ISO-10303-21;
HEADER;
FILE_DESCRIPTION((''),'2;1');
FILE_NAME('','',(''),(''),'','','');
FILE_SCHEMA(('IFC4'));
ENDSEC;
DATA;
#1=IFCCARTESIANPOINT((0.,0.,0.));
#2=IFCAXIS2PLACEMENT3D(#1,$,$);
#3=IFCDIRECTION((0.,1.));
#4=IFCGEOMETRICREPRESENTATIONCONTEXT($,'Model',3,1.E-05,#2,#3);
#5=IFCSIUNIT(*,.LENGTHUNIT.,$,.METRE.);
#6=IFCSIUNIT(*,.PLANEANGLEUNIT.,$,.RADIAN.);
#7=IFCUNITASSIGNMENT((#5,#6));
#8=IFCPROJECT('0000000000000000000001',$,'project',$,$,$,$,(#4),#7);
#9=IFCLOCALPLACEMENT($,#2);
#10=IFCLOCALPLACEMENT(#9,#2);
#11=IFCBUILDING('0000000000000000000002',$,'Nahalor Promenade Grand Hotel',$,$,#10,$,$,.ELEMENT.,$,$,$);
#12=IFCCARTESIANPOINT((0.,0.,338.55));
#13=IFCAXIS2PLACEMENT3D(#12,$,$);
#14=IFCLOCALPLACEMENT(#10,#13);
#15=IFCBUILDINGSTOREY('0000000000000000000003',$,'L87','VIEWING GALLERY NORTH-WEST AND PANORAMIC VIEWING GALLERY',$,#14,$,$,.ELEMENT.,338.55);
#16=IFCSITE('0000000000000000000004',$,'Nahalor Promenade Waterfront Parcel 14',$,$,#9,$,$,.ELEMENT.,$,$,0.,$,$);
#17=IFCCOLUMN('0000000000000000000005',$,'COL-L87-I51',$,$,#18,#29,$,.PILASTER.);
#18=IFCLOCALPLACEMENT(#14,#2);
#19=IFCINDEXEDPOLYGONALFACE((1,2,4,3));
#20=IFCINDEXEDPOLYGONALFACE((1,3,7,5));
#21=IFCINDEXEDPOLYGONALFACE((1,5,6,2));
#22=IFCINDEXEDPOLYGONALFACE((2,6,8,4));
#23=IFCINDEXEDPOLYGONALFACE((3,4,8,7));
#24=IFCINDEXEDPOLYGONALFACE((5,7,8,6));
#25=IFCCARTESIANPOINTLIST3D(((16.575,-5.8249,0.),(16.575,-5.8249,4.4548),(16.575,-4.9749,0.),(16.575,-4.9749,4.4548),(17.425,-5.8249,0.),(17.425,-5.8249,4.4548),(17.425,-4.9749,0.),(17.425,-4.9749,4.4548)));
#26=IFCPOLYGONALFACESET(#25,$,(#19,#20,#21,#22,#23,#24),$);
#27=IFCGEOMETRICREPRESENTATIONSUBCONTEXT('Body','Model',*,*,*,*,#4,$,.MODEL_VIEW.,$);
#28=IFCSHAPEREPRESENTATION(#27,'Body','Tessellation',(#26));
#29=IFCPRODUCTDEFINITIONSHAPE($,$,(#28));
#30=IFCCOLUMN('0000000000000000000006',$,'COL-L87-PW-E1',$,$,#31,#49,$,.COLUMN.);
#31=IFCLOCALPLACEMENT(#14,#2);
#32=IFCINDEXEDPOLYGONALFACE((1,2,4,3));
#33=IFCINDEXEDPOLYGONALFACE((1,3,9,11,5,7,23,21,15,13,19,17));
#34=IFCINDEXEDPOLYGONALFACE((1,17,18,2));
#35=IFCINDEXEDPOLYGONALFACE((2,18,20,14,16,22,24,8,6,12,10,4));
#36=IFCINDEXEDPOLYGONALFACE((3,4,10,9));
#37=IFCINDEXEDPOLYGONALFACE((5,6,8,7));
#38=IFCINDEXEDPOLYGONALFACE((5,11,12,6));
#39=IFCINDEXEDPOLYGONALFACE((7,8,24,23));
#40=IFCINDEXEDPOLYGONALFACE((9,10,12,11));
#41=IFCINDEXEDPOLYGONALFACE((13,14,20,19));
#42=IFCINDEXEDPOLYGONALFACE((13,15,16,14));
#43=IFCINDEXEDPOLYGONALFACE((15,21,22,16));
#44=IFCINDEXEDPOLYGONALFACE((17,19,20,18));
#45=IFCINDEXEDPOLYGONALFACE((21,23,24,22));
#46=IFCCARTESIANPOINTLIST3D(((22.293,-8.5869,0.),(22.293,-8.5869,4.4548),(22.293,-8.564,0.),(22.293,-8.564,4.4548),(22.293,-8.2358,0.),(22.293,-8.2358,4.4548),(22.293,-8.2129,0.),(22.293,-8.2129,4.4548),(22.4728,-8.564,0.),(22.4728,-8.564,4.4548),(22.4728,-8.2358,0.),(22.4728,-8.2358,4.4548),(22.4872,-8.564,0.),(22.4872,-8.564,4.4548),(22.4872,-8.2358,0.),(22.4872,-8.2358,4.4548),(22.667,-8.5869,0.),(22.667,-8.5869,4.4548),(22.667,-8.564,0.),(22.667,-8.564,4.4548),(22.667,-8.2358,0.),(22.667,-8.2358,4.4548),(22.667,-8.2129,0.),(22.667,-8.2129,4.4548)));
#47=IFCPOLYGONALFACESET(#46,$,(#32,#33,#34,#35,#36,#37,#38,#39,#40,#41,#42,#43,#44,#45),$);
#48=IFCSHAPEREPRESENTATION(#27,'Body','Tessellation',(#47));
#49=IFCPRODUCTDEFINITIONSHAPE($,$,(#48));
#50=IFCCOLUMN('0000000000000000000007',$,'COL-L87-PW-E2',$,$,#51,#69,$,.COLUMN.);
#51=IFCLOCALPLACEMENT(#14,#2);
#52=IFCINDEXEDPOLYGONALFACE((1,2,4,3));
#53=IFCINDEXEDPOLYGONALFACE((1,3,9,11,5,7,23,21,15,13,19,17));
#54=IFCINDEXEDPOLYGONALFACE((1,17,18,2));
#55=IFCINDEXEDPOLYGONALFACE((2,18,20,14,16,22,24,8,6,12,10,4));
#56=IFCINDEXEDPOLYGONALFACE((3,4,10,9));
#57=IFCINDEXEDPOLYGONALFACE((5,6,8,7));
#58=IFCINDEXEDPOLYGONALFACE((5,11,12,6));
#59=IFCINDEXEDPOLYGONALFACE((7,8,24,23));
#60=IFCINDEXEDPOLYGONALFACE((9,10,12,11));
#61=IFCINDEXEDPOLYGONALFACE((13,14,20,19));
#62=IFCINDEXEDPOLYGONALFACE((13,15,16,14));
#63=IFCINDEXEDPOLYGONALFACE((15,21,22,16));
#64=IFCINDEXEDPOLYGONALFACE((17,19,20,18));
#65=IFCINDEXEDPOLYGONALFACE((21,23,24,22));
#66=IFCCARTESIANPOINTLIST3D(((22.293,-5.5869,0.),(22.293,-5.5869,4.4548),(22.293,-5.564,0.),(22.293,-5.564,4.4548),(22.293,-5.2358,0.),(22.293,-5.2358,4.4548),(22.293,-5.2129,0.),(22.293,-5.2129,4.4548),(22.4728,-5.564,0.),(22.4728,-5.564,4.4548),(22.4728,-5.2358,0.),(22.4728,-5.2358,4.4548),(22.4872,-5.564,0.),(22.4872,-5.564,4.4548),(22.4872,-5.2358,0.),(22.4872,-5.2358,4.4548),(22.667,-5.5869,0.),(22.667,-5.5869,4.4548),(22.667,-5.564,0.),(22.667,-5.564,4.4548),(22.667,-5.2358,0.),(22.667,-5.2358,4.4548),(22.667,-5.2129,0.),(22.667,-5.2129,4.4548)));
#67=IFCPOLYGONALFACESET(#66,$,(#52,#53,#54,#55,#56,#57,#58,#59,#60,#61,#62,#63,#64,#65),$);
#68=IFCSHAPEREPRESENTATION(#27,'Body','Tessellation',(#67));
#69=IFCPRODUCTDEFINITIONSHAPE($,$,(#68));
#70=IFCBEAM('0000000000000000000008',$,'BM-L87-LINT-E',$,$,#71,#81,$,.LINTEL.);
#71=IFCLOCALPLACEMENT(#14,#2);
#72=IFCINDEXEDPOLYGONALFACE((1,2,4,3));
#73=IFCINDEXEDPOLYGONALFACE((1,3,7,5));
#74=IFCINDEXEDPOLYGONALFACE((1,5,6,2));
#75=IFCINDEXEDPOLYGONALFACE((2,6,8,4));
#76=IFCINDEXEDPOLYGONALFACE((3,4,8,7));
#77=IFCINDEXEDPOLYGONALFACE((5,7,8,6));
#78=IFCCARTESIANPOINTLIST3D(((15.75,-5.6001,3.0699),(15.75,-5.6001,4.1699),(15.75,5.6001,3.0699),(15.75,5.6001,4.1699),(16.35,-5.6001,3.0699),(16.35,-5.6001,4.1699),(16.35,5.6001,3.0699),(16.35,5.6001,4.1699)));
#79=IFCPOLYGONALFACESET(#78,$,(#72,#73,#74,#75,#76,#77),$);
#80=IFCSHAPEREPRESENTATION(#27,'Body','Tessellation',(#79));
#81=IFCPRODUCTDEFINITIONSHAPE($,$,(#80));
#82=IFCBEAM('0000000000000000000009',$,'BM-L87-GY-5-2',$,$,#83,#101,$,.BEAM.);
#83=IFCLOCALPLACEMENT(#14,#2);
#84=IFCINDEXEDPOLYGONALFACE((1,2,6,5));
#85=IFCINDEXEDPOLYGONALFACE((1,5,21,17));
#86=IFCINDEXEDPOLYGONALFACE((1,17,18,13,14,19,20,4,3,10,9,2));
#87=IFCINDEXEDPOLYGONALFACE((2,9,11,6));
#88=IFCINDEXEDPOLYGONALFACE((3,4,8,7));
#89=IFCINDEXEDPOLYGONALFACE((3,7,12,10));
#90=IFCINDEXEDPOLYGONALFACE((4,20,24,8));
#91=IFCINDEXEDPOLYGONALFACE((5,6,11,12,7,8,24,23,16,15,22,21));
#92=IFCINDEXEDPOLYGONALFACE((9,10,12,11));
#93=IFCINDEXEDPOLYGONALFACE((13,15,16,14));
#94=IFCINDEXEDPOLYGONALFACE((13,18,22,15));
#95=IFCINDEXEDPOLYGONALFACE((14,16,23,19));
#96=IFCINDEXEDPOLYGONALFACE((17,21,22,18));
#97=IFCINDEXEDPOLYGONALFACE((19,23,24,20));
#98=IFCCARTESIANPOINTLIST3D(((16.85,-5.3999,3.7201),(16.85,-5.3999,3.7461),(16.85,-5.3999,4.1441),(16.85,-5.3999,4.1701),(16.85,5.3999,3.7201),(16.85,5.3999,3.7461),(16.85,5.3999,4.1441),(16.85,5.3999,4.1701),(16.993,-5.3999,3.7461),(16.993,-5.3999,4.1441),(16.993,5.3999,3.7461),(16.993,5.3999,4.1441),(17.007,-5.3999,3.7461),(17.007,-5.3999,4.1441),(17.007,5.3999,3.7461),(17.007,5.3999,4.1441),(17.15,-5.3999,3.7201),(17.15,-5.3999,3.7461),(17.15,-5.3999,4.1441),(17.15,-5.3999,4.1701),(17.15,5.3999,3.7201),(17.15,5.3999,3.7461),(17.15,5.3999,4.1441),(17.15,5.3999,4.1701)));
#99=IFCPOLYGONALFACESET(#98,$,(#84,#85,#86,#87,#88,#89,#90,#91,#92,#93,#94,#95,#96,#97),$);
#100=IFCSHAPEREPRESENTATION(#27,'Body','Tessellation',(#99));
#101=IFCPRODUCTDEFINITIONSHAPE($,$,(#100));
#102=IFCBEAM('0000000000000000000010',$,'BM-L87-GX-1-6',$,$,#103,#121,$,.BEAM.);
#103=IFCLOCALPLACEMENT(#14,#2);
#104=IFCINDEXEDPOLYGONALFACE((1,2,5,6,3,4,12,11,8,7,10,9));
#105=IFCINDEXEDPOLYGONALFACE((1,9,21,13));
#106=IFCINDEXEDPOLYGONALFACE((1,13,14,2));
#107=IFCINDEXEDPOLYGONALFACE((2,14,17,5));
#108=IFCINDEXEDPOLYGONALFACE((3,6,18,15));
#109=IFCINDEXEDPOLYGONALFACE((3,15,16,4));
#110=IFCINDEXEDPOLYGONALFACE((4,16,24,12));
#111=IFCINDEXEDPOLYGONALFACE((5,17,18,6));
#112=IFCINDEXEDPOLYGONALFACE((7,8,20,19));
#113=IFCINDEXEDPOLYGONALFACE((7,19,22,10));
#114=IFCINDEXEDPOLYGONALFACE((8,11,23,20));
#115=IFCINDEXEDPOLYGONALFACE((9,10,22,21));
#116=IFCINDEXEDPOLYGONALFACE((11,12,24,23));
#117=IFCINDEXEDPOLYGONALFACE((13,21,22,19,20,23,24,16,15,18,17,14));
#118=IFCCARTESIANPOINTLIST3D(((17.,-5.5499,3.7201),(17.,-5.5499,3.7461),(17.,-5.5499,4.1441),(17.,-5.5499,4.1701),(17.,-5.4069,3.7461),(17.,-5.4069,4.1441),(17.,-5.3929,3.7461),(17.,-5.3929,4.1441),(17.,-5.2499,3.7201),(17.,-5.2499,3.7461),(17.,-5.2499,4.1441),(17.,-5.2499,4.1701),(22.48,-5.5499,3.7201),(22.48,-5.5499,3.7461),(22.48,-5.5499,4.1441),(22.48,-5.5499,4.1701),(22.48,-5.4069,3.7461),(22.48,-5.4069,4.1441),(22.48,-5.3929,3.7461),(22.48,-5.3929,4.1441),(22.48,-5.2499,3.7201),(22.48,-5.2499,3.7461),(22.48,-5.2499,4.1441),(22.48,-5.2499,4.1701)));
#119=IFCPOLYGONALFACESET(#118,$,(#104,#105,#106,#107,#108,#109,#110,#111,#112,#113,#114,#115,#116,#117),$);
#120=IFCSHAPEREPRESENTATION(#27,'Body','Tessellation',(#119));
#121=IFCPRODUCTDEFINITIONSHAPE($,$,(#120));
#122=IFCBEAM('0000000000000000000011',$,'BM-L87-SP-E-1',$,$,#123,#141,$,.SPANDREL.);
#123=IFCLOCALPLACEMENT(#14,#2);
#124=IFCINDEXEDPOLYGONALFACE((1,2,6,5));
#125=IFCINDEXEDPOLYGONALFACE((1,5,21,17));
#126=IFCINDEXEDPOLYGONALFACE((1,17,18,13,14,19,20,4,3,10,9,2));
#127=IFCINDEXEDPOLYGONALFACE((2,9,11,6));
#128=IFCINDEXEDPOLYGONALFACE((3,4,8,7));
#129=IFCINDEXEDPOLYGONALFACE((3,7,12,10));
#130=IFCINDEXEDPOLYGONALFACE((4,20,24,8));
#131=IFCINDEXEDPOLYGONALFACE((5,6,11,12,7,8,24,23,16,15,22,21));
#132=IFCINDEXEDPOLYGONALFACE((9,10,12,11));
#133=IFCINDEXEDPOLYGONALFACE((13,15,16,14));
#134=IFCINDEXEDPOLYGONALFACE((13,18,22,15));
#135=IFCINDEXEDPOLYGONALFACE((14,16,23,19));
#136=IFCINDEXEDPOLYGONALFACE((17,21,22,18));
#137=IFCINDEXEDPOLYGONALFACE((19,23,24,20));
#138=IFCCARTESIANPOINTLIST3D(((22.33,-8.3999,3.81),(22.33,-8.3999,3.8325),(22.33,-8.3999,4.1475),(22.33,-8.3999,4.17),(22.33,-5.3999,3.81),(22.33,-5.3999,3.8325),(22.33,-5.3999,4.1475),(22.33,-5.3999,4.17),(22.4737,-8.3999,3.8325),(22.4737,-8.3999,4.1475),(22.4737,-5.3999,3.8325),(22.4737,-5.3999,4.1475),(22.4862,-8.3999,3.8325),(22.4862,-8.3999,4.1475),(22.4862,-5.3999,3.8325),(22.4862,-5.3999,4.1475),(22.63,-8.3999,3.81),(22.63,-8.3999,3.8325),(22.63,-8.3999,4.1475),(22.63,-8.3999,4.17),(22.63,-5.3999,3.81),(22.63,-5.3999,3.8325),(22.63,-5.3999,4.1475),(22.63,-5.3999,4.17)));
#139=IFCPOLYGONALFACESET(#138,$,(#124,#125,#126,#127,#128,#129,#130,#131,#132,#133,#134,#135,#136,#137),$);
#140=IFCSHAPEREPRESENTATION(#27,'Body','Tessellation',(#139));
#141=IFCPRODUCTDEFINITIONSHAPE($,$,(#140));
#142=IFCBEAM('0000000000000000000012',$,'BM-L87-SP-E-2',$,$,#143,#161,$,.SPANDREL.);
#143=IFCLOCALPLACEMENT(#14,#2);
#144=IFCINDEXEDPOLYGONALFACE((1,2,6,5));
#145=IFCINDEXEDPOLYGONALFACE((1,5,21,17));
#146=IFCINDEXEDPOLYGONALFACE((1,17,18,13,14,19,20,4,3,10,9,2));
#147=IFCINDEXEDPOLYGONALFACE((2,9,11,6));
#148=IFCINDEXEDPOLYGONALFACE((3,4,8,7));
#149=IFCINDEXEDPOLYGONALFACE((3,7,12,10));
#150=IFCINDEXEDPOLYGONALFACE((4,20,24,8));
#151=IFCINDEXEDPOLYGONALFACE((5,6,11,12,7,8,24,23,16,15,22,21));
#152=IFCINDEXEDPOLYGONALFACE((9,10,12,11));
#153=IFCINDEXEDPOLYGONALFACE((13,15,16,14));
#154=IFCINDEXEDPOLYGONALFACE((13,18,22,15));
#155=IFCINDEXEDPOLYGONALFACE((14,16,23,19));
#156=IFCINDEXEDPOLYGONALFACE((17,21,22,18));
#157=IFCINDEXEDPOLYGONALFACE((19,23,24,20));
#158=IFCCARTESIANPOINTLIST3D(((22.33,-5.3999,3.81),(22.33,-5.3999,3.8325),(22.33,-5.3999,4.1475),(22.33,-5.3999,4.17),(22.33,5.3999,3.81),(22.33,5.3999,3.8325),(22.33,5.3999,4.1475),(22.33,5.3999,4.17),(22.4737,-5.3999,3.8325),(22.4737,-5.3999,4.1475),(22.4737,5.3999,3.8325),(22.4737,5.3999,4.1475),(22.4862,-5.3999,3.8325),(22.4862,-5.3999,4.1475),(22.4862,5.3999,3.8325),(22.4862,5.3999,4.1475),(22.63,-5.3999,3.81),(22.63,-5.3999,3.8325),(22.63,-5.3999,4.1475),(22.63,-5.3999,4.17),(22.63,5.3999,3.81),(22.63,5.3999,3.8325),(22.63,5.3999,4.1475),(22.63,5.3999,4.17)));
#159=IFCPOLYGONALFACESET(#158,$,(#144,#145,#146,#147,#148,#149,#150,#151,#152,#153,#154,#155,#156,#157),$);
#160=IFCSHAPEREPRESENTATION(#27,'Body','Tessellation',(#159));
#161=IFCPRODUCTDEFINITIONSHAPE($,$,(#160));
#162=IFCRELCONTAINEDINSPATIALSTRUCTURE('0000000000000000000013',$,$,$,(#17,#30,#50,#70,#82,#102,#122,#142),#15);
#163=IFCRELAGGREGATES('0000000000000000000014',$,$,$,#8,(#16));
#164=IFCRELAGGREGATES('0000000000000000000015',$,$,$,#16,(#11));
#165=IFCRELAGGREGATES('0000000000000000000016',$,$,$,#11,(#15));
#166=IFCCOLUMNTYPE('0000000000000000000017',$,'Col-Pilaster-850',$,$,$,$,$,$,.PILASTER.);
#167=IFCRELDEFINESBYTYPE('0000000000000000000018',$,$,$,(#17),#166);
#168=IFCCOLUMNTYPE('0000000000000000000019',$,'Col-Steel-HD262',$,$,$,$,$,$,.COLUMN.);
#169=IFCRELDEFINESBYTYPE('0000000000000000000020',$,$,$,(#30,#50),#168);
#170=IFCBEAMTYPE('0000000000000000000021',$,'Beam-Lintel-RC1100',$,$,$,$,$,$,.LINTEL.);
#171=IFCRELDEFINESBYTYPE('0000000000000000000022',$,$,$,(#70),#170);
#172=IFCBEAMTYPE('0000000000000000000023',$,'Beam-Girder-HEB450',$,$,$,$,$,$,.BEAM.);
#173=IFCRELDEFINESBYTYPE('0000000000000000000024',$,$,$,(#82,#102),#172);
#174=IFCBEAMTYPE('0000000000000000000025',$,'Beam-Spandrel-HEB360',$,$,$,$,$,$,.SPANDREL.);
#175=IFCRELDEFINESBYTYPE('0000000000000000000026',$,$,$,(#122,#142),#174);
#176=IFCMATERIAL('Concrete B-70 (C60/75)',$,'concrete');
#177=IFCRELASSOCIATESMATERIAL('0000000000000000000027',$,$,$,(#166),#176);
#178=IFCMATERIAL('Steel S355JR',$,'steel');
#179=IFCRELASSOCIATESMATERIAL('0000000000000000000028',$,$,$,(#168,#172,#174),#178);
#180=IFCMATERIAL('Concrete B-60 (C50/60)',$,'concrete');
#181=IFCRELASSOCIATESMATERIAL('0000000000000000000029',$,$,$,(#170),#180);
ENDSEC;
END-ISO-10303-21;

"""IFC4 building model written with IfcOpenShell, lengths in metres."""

from ifc_helpers import new_model, si_unit, direction, frame, origin, origin_2d, place, context, subcontext, project, spatial, rectangle, i_section, extrude, source, transform, mapped, material, material_profile, profile_set, type_object, element, save


model = new_model("IFC4")

# Units and contexts
model_context = context("Model", 3, precision=1e-05, world=origin(), true_north=direction((0.0, 1.0)))
body_context = subcontext(model_context, "Body", "Model", "MODEL_VIEW")
ifc_project = project(units=[si_unit("LENGTHUNIT", "METRE"), si_unit("PLANEANGLEUNIT", "RADIAN")], contexts=[model_context])

# Site, building, storey
site_placement = place(None, origin())
site = spatial("IfcSite", under=ifc_project, at=site_placement, Name="Nahalor Promenade Waterfront Parcel 14", CompositionType="ELEMENT", RefElevation=0.0)
building_placement = place(site_placement, origin())
building = spatial("IfcBuilding", under=site, at=building_placement, Name="Nahalor Promenade Grand Hotel", CompositionType="ELEMENT")
storey_placement = place(building_placement, frame((0.0, 0.0, 338.55)))
storey = spatial("IfcBuildingStorey", under=building, at=storey_placement, Name="L87", Description="VIEWING GALLERY NORTH-WEST AND PANORAMIC VIEWING GALLERY", CompositionType="ELEMENT", Elevation=338.55)

# Columns
ifc_material_1 = material(Name="Concrete B-70 (C60/75)", Category="concrete")
ifc_material_profile_1 = material_profile(ifc_material_1, rectangle(XDim=0.85, YDim=0.85, at=origin_2d()), Name="RC 850x850")
ifc_profile_set_1 = profile_set([ifc_material_profile_1], Name="Concrete B-70 (C60/75)")
column_type_1 = type_object("IfcColumnType", Name="Col-Pilaster-850", PredefinedType="PILASTER", material=ifc_profile_set_1)
shared_shape_1 = source(origin(), body_context, "Body", "SweptSolid", [
    extrude(rectangle(XDim=0.85, YDim=0.85, at=origin_2d()), origin(), (0.0, 0.0, 1.0), 4.4548),
])
column_placement = place(storey_placement, frame((17.0, -5.3999, 0.0), z_axis=(0.0, 0.0, 1.0), x_axis=(1.0, 0.0, 0.0)))
element("IfcColumn", 1, at=column_placement, inside=storey, type_object=column_type_1, Name="COL-L87-I51", PredefinedType="PILASTER", context=body_context, shape_type="MappedRepresentation", body=[
    mapped(shared_shape_1, transform((0.0, 0.0, 0.0), scale=1.0)),
])
ifc_material_2 = material(Name="Steel S355JR", Category="steel")
ifc_material_profile_2 = material_profile(ifc_material_2, i_section(OverallWidth=0.374, OverallDepth=0.374, WebThickness=0.0144, FlangeThickness=0.0229, at=origin_2d()), Name="HD 360x262")
ifc_profile_set_2 = profile_set([ifc_material_profile_2], Name="Steel S355JR")
column_type_2 = type_object("IfcColumnType", Name="Col-Steel-HD262", PredefinedType="COLUMN", material=ifc_profile_set_2)
shared_shape_2 = source(origin(), body_context, "Body", "SweptSolid", [
    extrude(i_section(OverallWidth=0.374, OverallDepth=0.374, WebThickness=0.0144, FlangeThickness=0.0229, at=origin_2d()), origin(), (0.0, 0.0, 1.0), 4.4548),
])
for number, where, z_axis, x_axis, name in (
    (2, (22.48, -8.3999, 0.0), (0.0, 0.0, 1.0), (1.0, 0.0, 0.0), "COL-L87-PW-E1"),
    (3, (22.48, -5.3999, 0.0), (0.0, 0.0, 1.0), (1.0, 0.0, 0.0), "COL-L87-PW-E2"),
):
    element("IfcColumn", number, at=place(storey_placement, frame(where, z_axis=z_axis, x_axis=x_axis)), inside=storey, type_object=column_type_2, Name=name, PredefinedType="COLUMN", context=body_context, shape_type="MappedRepresentation", body=[
        mapped(shared_shape_2, transform((0.0, 0.0, 0.0), scale=1.0)),
    ])

# Beams
ifc_material_3 = material(Name="Concrete B-60 (C50/60)", Category="concrete")
ifc_material_profile_3 = material_profile(ifc_material_3, rectangle(XDim=0.6, YDim=1.1, at=origin_2d()), Name="RC 600x1100")
ifc_profile_set_3 = profile_set([ifc_material_profile_3], Name="Concrete B-60 (C50/60)")
beam_type_1 = type_object("IfcBeamType", Name="Beam-Lintel-RC1100", PredefinedType="LINTEL", material=ifc_profile_set_3)
shared_shape_3 = source(origin(), body_context, "Body", "SweptSolid", [
    extrude(rectangle(XDim=0.6, YDim=1.1, at=origin_2d()), origin(), (0.0, 0.0, 1.0), 11.2002),
])
beam_1_placement = place(storey_placement, frame((16.05, -5.6001, 3.6199), z_axis=(0.0, 1.0, 0.0), x_axis=(-1.0, 0.0, 0.0)))
element("IfcBeam", 4, at=beam_1_placement, inside=storey, type_object=beam_type_1, Name="BM-L87-LINT-E", PredefinedType="LINTEL", context=body_context, shape_type="MappedRepresentation", body=[
    mapped(shared_shape_3, transform((0.0, 0.0, 0.0), scale=1.0)),
])
ifc_material_profile_4 = material_profile(ifc_material_2, i_section(OverallWidth=0.3, OverallDepth=0.45, WebThickness=0.014, FlangeThickness=0.026, at=origin_2d()), Name="HEB 450")
ifc_profile_set_4 = profile_set([ifc_material_profile_4], Name="Steel S355JR")
beam_type_2 = type_object("IfcBeamType", Name="Beam-Girder-HEB450", PredefinedType="BEAM", material=ifc_profile_set_4)
shared_shape_4 = source(origin(), body_context, "Body", "SweptSolid", [
    extrude(i_section(OverallWidth=0.3, OverallDepth=0.45, WebThickness=0.014, FlangeThickness=0.026, at=origin_2d()), origin(), (0.0, 0.0, 1.0), 10.7998),
])
beam_2_placement = place(storey_placement, frame((17.0, -5.3999, 3.9451), z_axis=(0.0, 1.0, 0.0), x_axis=(-1.0, 0.0, 0.0)))
element("IfcBeam", 5, at=beam_2_placement, inside=storey, type_object=beam_type_2, Name="BM-L87-GY-5-2", PredefinedType="BEAM", context=body_context, shape_type="MappedRepresentation", body=[
    mapped(shared_shape_4, transform((0.0, 0.0, 0.0), scale=1.0)),
])
shared_shape_5 = source(origin(), body_context, "Body", "SweptSolid", [
    extrude(i_section(OverallWidth=0.3, OverallDepth=0.45, WebThickness=0.014, FlangeThickness=0.026, at=origin_2d()), origin(), (0.0, 0.0, 1.0), 5.48),
])
beam_3_placement = place(storey_placement, frame((17.0, -5.3999, 3.9451), z_axis=(1.0, 0.0, 0.0), x_axis=(0.0, 1.0, 0.0)))
element("IfcBeam", 6, at=beam_3_placement, inside=storey, type_object=beam_type_2, Name="BM-L87-GX-1-6", PredefinedType="BEAM", context=body_context, shape_type="MappedRepresentation", body=[
    mapped(shared_shape_5, transform((0.0, 0.0, 0.0), scale=1.0)),
])
ifc_material_profile_5 = material_profile(ifc_material_2, i_section(OverallWidth=0.3, OverallDepth=0.36, WebThickness=0.0125, FlangeThickness=0.0225, at=origin_2d()), Name="HEB 360")
ifc_profile_set_5 = profile_set([ifc_material_profile_5], Name="Steel S355JR")
beam_type_3 = type_object("IfcBeamType", Name="Beam-Spandrel-HEB360", PredefinedType="SPANDREL", material=ifc_profile_set_5)
shared_shape_6 = source(origin(), body_context, "Body", "SweptSolid", [
    extrude(i_section(OverallWidth=0.3, OverallDepth=0.36, WebThickness=0.0125, FlangeThickness=0.0225, at=origin_2d()), origin(), (0.0, 0.0, 1.0), 3.0),
])
beam_4_placement = place(storey_placement, frame((22.48, -8.3999, 3.99), z_axis=(0.0, 1.0, 0.0), x_axis=(-1.0, 0.0, 0.0)))
element("IfcBeam", 7, at=beam_4_placement, inside=storey, type_object=beam_type_3, Name="BM-L87-SP-E-1", PredefinedType="SPANDREL", context=body_context, shape_type="MappedRepresentation", body=[
    mapped(shared_shape_6, transform((0.0, 0.0, 0.0), scale=1.0)),
])
shared_shape_7 = source(origin(), body_context, "Body", "SweptSolid", [
    extrude(i_section(OverallWidth=0.3, OverallDepth=0.36, WebThickness=0.0125, FlangeThickness=0.0225, at=origin_2d()), origin(), (0.0, 0.0, 1.0), 10.7998),
])
beam_5_placement = place(storey_placement, frame((22.48, -5.3999, 3.99), z_axis=(0.0, 1.0, 0.0), x_axis=(-1.0, 0.0, 0.0)))
element("IfcBeam", 8, at=beam_5_placement, inside=storey, type_object=beam_type_3, Name="BM-L87-SP-E-2", PredefinedType="SPANDREL", context=body_context, shape_type="MappedRepresentation", body=[
    mapped(shared_shape_7, transform((0.0, 0.0, 0.0), scale=1.0)),
])

save(model, "model.ifc")
